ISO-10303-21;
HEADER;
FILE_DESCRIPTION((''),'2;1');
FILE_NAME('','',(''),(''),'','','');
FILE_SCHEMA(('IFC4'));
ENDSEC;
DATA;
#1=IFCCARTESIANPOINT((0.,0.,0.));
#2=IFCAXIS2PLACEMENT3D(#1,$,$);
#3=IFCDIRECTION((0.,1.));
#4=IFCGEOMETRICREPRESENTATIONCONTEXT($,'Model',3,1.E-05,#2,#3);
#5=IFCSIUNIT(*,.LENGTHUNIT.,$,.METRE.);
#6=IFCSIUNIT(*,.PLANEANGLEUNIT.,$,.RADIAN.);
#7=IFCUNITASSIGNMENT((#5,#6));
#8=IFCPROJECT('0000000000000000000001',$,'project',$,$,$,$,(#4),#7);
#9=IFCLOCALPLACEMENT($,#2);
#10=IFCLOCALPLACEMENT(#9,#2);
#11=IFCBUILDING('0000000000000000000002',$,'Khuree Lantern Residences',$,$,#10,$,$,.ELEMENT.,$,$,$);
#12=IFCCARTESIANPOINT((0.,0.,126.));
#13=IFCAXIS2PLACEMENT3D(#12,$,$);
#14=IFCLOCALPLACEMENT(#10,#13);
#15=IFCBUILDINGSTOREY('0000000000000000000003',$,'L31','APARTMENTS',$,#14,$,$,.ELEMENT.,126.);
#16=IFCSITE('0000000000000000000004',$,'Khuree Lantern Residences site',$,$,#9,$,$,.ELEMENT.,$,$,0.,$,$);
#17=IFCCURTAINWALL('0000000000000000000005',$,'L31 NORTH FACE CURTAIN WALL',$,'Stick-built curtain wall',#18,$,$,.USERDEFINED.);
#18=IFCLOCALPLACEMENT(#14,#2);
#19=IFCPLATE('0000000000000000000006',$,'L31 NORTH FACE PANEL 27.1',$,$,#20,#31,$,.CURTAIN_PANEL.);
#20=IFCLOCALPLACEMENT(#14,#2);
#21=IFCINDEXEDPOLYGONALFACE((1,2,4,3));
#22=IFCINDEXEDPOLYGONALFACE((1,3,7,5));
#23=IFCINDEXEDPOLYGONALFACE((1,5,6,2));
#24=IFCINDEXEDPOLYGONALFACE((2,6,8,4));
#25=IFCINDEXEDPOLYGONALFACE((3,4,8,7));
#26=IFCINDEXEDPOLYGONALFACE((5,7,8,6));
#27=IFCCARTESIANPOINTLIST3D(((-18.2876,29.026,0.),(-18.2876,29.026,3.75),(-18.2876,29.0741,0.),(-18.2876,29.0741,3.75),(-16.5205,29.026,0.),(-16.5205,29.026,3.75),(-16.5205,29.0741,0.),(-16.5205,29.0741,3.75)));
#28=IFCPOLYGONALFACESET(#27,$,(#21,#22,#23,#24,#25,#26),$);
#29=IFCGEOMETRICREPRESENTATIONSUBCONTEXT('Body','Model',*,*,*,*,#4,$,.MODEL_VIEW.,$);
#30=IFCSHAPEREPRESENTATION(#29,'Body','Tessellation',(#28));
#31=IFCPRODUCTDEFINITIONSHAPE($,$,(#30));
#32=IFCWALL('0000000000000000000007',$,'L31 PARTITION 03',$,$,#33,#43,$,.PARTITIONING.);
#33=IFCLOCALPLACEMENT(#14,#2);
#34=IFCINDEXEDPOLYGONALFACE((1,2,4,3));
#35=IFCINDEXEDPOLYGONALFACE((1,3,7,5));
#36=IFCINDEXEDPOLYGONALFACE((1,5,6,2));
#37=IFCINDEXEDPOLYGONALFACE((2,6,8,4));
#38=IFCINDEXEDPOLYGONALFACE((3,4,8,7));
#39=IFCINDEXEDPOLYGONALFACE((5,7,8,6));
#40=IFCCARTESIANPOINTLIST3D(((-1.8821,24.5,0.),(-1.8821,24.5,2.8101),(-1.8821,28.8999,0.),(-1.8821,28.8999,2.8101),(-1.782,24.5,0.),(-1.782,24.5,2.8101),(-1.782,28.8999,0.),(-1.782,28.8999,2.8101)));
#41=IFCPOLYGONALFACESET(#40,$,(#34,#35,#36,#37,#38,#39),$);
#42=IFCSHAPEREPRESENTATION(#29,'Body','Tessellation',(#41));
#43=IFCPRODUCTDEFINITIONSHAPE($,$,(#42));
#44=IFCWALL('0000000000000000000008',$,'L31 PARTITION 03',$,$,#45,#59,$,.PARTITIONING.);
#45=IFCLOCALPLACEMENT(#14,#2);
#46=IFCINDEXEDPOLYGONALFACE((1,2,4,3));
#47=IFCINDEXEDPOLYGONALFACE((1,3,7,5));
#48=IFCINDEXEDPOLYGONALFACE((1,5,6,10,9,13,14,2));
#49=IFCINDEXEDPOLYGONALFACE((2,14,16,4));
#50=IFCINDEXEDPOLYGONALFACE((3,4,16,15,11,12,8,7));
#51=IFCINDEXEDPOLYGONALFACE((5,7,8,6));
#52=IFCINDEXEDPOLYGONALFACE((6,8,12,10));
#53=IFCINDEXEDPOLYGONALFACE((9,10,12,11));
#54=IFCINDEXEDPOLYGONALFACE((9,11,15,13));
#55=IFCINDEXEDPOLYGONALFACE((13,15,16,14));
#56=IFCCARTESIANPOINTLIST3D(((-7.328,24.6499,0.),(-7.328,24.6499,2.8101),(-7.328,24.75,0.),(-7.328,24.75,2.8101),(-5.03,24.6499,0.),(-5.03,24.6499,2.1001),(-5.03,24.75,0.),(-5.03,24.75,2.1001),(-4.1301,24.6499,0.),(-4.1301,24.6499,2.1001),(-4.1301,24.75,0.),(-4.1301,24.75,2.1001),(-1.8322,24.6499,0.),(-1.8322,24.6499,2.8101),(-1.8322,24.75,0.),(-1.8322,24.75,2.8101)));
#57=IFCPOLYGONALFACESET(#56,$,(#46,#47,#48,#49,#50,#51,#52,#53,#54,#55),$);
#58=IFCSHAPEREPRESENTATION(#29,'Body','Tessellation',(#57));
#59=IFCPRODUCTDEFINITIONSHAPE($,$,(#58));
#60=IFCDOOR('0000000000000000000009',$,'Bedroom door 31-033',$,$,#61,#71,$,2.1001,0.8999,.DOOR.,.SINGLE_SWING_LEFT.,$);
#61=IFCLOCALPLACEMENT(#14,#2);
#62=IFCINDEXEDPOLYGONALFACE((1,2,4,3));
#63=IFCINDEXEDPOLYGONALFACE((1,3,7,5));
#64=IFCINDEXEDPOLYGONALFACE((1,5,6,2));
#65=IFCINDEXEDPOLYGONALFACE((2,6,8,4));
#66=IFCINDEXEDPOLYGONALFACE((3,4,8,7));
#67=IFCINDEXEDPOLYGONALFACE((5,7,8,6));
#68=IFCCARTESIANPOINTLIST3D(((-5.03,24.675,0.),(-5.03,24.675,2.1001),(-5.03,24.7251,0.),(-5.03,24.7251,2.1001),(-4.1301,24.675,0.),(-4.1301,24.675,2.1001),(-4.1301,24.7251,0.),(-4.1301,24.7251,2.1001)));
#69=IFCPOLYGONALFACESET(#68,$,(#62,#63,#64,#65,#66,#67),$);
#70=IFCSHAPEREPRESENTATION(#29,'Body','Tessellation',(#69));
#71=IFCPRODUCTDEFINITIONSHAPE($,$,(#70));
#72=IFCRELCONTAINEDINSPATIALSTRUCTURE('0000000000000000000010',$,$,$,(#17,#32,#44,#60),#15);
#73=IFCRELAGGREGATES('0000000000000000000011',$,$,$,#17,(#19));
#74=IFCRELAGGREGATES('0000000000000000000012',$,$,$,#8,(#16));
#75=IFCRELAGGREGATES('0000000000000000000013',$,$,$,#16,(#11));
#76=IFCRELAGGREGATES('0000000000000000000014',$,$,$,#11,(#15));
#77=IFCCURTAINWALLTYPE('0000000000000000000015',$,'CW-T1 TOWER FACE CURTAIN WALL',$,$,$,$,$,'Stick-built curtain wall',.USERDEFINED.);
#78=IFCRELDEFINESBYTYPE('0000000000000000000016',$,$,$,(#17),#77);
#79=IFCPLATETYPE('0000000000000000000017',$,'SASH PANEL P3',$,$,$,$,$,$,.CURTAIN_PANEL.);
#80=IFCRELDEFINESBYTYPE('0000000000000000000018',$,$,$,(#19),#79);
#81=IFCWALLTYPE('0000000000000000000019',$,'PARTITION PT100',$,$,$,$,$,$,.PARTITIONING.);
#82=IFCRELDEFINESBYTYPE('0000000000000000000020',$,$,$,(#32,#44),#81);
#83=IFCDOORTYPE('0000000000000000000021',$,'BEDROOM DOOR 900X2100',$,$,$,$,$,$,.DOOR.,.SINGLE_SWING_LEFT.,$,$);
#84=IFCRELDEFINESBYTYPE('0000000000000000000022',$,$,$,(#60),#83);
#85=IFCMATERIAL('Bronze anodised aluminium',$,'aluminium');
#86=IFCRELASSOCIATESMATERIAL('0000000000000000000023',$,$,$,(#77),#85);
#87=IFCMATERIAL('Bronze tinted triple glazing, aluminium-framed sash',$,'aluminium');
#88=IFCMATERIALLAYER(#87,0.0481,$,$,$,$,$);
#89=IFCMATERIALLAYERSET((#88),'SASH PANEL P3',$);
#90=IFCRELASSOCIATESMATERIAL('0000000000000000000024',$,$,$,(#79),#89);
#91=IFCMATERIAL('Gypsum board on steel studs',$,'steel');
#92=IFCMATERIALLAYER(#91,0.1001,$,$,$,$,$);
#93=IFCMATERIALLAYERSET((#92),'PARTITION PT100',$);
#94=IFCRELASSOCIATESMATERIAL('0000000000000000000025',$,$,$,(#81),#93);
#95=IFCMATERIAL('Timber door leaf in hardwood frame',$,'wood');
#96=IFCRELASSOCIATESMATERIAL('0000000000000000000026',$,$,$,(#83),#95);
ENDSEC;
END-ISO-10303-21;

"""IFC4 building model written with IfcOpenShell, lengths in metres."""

from ifc_helpers import new_model, si_unit, direction, frame, frame_2d, origin, origin_2d, place, context, subcontext, project, spatial, rectangle, extrude, material, layer, layer_set, type_object, element, fill, aggregate, save


model = new_model("IFC4")

# Units and contexts
model_context = context("Model", 3, precision=1e-05, world=origin(), true_north=direction((0.0, 1.0)))
body_context = subcontext(model_context, "Body", "Model", "MODEL_VIEW")
ifc_project = project(units=[si_unit("LENGTHUNIT", "METRE"), si_unit("PLANEANGLEUNIT", "RADIAN")], contexts=[model_context])

# Site, building, storey
site_placement = place(None, origin())
site = spatial("IfcSite", under=ifc_project, at=site_placement, Name="Khuree Lantern Residences site", CompositionType="ELEMENT", RefElevation=0.0)
building_placement = place(site_placement, origin())
building = spatial("IfcBuilding", under=site, at=building_placement, Name="Khuree Lantern Residences", CompositionType="ELEMENT")
storey_placement = place(building_placement, frame((0.0, 0.0, 126.0)))
storey = spatial("IfcBuildingStorey", under=building, at=storey_placement, Name="L31", Description="APARTMENTS", CompositionType="ELEMENT", Elevation=126.0)

# Curtain wall
ifc_material_1 = material(Name="Bronze anodised aluminium", Category="aluminium")
curtain_wall_type = type_object("IfcCurtainWallType", Name="CW-T1 TOWER FACE CURTAIN WALL", ElementType="Stick-built curtain wall", PredefinedType="USERDEFINED", material=ifc_material_1)
curtain_wall_placement = place(storey_placement, origin())
curtain_wall = element("IfcCurtainWall", 1, at=curtain_wall_placement, inside=storey, type_object=curtain_wall_type, Name="L31 NORTH FACE CURTAIN WALL", ObjectType="Stick-built curtain wall", PredefinedType="USERDEFINED")

# Plate
ifc_material_2 = material(Name="Bronze tinted triple glazing, aluminium-framed sash", Category="aluminium")
ifc_layer_1 = layer(ifc_material_2, 0.0481)
ifc_layer_set_1 = layer_set([ifc_layer_1], Name="SASH PANEL P3")
plate_type_1 = type_object("IfcPlateType", Name="SASH PANEL P3", PredefinedType="CURTAIN_PANEL", material=ifc_layer_set_1)
plate_1_placement = place(storey_placement, frame((-17.4041, 29.05, 0.0), z_axis=(0.0, 0.0, 1.0), x_axis=(-1.0, 0.0, 0.0)))
plate_1 = element("IfcPlate", 2, at=plate_1_placement, type_object=plate_type_1, Name="L31 NORTH FACE PANEL 27.1", PredefinedType="CURTAIN_PANEL", context=body_context, shape_type="SweptSolid", body=[
    extrude(rectangle(XDim=1.7671, YDim=0.0481, at=origin_2d()), origin(), (0.0, 0.0, 1.0), 3.75),
])
aggregate(curtain_wall, [plate_1])

# Wall
ifc_material_3 = material(Name="Gypsum board on steel studs", Category="steel")
ifc_layer_2 = layer(ifc_material_3, 0.1001)
ifc_layer_set_2 = layer_set([ifc_layer_2], Name="PARTITION PT100")
wall_type = type_object("IfcWallType", Name="PARTITION PT100", PredefinedType="PARTITIONING", material=ifc_layer_set_2)
wall_1_placement = place(storey_placement, frame((-1.832, 24.5, 0.0), z_axis=(0.0, 0.0, 1.0), x_axis=(0.0, 1.0, 0.0)))
element("IfcWall", 3, at=wall_1_placement, inside=storey, type_object=wall_type, Name="L31 PARTITION 03", PredefinedType="PARTITIONING", context=body_context, shape_type="SweptSolid", body=[
    extrude(rectangle(XDim=4.3999, YDim=0.1001, at=frame_2d((2.2, 0.0))), origin(), (0.0, 0.0, 1.0), 2.8101),
])

# Wall, opening, door
wall_2_placement = place(storey_placement, frame((-1.832, 24.7, 0.0), z_axis=(0.0, 0.0, 1.0), x_axis=(-1.0, 0.0, 0.0)))
wall_2 = element("IfcWall", 4, at=wall_2_placement, inside=storey, type_object=wall_type, Name="L31 PARTITION 03", PredefinedType="PARTITIONING", context=body_context, shape_type="SweptSolid", body=[
    extrude(rectangle(XDim=5.4958, YDim=0.1001, at=frame_2d((2.748, 0.0))), origin(), (0.0, 0.0, 1.0), 2.8101),
])
opening_placement = place(wall_2_placement, frame((2.2981, 0.0, 0.0)))
opening = element("IfcOpeningElement", 5, at=opening_placement, cuts=wall_2, PredefinedType="OPENING", context=body_context, shape_type="SweptSolid", body=[
    extrude(rectangle(XDim=0.8999, YDim=2.1001, at=frame_2d((0.45, 1.05))), frame((0.0, 0.0601, 0.0), z_axis=(0.0, -1.0, 0.0), x_axis=(1.0, 0.0, 0.0)), (0.0, 0.0, 1.0), 0.1201),
])
ifc_material_4 = material(Name="Timber door leaf in hardwood frame", Category="wood")
door_type = type_object("IfcDoorType", Name="BEDROOM DOOR 900X2100", OperationType="SINGLE_SWING_LEFT", PredefinedType="DOOR", material=ifc_material_4)
door_placement = place(opening_placement, origin())
door = element("IfcDoor", 6, at=door_placement, inside=storey, type_object=door_type, Name="Bedroom door 31-033", OperationType="SINGLE_SWING_LEFT", OverallHeight=2.1001, OverallWidth=0.8999, PredefinedType="DOOR", context=body_context, shape_type="SweptSolid", body=[
    extrude(rectangle(XDim=0.8999, YDim=2.1001, at=frame_2d((0.45, 1.05))), frame((0.0, 0.0249, 0.0), z_axis=(0.0, -1.0, 0.0), x_axis=(1.0, 0.0, 0.0)), (0.0, 0.0, 1.0), 0.05),
])
fill(opening, door)

save(model, "model.ifc")
